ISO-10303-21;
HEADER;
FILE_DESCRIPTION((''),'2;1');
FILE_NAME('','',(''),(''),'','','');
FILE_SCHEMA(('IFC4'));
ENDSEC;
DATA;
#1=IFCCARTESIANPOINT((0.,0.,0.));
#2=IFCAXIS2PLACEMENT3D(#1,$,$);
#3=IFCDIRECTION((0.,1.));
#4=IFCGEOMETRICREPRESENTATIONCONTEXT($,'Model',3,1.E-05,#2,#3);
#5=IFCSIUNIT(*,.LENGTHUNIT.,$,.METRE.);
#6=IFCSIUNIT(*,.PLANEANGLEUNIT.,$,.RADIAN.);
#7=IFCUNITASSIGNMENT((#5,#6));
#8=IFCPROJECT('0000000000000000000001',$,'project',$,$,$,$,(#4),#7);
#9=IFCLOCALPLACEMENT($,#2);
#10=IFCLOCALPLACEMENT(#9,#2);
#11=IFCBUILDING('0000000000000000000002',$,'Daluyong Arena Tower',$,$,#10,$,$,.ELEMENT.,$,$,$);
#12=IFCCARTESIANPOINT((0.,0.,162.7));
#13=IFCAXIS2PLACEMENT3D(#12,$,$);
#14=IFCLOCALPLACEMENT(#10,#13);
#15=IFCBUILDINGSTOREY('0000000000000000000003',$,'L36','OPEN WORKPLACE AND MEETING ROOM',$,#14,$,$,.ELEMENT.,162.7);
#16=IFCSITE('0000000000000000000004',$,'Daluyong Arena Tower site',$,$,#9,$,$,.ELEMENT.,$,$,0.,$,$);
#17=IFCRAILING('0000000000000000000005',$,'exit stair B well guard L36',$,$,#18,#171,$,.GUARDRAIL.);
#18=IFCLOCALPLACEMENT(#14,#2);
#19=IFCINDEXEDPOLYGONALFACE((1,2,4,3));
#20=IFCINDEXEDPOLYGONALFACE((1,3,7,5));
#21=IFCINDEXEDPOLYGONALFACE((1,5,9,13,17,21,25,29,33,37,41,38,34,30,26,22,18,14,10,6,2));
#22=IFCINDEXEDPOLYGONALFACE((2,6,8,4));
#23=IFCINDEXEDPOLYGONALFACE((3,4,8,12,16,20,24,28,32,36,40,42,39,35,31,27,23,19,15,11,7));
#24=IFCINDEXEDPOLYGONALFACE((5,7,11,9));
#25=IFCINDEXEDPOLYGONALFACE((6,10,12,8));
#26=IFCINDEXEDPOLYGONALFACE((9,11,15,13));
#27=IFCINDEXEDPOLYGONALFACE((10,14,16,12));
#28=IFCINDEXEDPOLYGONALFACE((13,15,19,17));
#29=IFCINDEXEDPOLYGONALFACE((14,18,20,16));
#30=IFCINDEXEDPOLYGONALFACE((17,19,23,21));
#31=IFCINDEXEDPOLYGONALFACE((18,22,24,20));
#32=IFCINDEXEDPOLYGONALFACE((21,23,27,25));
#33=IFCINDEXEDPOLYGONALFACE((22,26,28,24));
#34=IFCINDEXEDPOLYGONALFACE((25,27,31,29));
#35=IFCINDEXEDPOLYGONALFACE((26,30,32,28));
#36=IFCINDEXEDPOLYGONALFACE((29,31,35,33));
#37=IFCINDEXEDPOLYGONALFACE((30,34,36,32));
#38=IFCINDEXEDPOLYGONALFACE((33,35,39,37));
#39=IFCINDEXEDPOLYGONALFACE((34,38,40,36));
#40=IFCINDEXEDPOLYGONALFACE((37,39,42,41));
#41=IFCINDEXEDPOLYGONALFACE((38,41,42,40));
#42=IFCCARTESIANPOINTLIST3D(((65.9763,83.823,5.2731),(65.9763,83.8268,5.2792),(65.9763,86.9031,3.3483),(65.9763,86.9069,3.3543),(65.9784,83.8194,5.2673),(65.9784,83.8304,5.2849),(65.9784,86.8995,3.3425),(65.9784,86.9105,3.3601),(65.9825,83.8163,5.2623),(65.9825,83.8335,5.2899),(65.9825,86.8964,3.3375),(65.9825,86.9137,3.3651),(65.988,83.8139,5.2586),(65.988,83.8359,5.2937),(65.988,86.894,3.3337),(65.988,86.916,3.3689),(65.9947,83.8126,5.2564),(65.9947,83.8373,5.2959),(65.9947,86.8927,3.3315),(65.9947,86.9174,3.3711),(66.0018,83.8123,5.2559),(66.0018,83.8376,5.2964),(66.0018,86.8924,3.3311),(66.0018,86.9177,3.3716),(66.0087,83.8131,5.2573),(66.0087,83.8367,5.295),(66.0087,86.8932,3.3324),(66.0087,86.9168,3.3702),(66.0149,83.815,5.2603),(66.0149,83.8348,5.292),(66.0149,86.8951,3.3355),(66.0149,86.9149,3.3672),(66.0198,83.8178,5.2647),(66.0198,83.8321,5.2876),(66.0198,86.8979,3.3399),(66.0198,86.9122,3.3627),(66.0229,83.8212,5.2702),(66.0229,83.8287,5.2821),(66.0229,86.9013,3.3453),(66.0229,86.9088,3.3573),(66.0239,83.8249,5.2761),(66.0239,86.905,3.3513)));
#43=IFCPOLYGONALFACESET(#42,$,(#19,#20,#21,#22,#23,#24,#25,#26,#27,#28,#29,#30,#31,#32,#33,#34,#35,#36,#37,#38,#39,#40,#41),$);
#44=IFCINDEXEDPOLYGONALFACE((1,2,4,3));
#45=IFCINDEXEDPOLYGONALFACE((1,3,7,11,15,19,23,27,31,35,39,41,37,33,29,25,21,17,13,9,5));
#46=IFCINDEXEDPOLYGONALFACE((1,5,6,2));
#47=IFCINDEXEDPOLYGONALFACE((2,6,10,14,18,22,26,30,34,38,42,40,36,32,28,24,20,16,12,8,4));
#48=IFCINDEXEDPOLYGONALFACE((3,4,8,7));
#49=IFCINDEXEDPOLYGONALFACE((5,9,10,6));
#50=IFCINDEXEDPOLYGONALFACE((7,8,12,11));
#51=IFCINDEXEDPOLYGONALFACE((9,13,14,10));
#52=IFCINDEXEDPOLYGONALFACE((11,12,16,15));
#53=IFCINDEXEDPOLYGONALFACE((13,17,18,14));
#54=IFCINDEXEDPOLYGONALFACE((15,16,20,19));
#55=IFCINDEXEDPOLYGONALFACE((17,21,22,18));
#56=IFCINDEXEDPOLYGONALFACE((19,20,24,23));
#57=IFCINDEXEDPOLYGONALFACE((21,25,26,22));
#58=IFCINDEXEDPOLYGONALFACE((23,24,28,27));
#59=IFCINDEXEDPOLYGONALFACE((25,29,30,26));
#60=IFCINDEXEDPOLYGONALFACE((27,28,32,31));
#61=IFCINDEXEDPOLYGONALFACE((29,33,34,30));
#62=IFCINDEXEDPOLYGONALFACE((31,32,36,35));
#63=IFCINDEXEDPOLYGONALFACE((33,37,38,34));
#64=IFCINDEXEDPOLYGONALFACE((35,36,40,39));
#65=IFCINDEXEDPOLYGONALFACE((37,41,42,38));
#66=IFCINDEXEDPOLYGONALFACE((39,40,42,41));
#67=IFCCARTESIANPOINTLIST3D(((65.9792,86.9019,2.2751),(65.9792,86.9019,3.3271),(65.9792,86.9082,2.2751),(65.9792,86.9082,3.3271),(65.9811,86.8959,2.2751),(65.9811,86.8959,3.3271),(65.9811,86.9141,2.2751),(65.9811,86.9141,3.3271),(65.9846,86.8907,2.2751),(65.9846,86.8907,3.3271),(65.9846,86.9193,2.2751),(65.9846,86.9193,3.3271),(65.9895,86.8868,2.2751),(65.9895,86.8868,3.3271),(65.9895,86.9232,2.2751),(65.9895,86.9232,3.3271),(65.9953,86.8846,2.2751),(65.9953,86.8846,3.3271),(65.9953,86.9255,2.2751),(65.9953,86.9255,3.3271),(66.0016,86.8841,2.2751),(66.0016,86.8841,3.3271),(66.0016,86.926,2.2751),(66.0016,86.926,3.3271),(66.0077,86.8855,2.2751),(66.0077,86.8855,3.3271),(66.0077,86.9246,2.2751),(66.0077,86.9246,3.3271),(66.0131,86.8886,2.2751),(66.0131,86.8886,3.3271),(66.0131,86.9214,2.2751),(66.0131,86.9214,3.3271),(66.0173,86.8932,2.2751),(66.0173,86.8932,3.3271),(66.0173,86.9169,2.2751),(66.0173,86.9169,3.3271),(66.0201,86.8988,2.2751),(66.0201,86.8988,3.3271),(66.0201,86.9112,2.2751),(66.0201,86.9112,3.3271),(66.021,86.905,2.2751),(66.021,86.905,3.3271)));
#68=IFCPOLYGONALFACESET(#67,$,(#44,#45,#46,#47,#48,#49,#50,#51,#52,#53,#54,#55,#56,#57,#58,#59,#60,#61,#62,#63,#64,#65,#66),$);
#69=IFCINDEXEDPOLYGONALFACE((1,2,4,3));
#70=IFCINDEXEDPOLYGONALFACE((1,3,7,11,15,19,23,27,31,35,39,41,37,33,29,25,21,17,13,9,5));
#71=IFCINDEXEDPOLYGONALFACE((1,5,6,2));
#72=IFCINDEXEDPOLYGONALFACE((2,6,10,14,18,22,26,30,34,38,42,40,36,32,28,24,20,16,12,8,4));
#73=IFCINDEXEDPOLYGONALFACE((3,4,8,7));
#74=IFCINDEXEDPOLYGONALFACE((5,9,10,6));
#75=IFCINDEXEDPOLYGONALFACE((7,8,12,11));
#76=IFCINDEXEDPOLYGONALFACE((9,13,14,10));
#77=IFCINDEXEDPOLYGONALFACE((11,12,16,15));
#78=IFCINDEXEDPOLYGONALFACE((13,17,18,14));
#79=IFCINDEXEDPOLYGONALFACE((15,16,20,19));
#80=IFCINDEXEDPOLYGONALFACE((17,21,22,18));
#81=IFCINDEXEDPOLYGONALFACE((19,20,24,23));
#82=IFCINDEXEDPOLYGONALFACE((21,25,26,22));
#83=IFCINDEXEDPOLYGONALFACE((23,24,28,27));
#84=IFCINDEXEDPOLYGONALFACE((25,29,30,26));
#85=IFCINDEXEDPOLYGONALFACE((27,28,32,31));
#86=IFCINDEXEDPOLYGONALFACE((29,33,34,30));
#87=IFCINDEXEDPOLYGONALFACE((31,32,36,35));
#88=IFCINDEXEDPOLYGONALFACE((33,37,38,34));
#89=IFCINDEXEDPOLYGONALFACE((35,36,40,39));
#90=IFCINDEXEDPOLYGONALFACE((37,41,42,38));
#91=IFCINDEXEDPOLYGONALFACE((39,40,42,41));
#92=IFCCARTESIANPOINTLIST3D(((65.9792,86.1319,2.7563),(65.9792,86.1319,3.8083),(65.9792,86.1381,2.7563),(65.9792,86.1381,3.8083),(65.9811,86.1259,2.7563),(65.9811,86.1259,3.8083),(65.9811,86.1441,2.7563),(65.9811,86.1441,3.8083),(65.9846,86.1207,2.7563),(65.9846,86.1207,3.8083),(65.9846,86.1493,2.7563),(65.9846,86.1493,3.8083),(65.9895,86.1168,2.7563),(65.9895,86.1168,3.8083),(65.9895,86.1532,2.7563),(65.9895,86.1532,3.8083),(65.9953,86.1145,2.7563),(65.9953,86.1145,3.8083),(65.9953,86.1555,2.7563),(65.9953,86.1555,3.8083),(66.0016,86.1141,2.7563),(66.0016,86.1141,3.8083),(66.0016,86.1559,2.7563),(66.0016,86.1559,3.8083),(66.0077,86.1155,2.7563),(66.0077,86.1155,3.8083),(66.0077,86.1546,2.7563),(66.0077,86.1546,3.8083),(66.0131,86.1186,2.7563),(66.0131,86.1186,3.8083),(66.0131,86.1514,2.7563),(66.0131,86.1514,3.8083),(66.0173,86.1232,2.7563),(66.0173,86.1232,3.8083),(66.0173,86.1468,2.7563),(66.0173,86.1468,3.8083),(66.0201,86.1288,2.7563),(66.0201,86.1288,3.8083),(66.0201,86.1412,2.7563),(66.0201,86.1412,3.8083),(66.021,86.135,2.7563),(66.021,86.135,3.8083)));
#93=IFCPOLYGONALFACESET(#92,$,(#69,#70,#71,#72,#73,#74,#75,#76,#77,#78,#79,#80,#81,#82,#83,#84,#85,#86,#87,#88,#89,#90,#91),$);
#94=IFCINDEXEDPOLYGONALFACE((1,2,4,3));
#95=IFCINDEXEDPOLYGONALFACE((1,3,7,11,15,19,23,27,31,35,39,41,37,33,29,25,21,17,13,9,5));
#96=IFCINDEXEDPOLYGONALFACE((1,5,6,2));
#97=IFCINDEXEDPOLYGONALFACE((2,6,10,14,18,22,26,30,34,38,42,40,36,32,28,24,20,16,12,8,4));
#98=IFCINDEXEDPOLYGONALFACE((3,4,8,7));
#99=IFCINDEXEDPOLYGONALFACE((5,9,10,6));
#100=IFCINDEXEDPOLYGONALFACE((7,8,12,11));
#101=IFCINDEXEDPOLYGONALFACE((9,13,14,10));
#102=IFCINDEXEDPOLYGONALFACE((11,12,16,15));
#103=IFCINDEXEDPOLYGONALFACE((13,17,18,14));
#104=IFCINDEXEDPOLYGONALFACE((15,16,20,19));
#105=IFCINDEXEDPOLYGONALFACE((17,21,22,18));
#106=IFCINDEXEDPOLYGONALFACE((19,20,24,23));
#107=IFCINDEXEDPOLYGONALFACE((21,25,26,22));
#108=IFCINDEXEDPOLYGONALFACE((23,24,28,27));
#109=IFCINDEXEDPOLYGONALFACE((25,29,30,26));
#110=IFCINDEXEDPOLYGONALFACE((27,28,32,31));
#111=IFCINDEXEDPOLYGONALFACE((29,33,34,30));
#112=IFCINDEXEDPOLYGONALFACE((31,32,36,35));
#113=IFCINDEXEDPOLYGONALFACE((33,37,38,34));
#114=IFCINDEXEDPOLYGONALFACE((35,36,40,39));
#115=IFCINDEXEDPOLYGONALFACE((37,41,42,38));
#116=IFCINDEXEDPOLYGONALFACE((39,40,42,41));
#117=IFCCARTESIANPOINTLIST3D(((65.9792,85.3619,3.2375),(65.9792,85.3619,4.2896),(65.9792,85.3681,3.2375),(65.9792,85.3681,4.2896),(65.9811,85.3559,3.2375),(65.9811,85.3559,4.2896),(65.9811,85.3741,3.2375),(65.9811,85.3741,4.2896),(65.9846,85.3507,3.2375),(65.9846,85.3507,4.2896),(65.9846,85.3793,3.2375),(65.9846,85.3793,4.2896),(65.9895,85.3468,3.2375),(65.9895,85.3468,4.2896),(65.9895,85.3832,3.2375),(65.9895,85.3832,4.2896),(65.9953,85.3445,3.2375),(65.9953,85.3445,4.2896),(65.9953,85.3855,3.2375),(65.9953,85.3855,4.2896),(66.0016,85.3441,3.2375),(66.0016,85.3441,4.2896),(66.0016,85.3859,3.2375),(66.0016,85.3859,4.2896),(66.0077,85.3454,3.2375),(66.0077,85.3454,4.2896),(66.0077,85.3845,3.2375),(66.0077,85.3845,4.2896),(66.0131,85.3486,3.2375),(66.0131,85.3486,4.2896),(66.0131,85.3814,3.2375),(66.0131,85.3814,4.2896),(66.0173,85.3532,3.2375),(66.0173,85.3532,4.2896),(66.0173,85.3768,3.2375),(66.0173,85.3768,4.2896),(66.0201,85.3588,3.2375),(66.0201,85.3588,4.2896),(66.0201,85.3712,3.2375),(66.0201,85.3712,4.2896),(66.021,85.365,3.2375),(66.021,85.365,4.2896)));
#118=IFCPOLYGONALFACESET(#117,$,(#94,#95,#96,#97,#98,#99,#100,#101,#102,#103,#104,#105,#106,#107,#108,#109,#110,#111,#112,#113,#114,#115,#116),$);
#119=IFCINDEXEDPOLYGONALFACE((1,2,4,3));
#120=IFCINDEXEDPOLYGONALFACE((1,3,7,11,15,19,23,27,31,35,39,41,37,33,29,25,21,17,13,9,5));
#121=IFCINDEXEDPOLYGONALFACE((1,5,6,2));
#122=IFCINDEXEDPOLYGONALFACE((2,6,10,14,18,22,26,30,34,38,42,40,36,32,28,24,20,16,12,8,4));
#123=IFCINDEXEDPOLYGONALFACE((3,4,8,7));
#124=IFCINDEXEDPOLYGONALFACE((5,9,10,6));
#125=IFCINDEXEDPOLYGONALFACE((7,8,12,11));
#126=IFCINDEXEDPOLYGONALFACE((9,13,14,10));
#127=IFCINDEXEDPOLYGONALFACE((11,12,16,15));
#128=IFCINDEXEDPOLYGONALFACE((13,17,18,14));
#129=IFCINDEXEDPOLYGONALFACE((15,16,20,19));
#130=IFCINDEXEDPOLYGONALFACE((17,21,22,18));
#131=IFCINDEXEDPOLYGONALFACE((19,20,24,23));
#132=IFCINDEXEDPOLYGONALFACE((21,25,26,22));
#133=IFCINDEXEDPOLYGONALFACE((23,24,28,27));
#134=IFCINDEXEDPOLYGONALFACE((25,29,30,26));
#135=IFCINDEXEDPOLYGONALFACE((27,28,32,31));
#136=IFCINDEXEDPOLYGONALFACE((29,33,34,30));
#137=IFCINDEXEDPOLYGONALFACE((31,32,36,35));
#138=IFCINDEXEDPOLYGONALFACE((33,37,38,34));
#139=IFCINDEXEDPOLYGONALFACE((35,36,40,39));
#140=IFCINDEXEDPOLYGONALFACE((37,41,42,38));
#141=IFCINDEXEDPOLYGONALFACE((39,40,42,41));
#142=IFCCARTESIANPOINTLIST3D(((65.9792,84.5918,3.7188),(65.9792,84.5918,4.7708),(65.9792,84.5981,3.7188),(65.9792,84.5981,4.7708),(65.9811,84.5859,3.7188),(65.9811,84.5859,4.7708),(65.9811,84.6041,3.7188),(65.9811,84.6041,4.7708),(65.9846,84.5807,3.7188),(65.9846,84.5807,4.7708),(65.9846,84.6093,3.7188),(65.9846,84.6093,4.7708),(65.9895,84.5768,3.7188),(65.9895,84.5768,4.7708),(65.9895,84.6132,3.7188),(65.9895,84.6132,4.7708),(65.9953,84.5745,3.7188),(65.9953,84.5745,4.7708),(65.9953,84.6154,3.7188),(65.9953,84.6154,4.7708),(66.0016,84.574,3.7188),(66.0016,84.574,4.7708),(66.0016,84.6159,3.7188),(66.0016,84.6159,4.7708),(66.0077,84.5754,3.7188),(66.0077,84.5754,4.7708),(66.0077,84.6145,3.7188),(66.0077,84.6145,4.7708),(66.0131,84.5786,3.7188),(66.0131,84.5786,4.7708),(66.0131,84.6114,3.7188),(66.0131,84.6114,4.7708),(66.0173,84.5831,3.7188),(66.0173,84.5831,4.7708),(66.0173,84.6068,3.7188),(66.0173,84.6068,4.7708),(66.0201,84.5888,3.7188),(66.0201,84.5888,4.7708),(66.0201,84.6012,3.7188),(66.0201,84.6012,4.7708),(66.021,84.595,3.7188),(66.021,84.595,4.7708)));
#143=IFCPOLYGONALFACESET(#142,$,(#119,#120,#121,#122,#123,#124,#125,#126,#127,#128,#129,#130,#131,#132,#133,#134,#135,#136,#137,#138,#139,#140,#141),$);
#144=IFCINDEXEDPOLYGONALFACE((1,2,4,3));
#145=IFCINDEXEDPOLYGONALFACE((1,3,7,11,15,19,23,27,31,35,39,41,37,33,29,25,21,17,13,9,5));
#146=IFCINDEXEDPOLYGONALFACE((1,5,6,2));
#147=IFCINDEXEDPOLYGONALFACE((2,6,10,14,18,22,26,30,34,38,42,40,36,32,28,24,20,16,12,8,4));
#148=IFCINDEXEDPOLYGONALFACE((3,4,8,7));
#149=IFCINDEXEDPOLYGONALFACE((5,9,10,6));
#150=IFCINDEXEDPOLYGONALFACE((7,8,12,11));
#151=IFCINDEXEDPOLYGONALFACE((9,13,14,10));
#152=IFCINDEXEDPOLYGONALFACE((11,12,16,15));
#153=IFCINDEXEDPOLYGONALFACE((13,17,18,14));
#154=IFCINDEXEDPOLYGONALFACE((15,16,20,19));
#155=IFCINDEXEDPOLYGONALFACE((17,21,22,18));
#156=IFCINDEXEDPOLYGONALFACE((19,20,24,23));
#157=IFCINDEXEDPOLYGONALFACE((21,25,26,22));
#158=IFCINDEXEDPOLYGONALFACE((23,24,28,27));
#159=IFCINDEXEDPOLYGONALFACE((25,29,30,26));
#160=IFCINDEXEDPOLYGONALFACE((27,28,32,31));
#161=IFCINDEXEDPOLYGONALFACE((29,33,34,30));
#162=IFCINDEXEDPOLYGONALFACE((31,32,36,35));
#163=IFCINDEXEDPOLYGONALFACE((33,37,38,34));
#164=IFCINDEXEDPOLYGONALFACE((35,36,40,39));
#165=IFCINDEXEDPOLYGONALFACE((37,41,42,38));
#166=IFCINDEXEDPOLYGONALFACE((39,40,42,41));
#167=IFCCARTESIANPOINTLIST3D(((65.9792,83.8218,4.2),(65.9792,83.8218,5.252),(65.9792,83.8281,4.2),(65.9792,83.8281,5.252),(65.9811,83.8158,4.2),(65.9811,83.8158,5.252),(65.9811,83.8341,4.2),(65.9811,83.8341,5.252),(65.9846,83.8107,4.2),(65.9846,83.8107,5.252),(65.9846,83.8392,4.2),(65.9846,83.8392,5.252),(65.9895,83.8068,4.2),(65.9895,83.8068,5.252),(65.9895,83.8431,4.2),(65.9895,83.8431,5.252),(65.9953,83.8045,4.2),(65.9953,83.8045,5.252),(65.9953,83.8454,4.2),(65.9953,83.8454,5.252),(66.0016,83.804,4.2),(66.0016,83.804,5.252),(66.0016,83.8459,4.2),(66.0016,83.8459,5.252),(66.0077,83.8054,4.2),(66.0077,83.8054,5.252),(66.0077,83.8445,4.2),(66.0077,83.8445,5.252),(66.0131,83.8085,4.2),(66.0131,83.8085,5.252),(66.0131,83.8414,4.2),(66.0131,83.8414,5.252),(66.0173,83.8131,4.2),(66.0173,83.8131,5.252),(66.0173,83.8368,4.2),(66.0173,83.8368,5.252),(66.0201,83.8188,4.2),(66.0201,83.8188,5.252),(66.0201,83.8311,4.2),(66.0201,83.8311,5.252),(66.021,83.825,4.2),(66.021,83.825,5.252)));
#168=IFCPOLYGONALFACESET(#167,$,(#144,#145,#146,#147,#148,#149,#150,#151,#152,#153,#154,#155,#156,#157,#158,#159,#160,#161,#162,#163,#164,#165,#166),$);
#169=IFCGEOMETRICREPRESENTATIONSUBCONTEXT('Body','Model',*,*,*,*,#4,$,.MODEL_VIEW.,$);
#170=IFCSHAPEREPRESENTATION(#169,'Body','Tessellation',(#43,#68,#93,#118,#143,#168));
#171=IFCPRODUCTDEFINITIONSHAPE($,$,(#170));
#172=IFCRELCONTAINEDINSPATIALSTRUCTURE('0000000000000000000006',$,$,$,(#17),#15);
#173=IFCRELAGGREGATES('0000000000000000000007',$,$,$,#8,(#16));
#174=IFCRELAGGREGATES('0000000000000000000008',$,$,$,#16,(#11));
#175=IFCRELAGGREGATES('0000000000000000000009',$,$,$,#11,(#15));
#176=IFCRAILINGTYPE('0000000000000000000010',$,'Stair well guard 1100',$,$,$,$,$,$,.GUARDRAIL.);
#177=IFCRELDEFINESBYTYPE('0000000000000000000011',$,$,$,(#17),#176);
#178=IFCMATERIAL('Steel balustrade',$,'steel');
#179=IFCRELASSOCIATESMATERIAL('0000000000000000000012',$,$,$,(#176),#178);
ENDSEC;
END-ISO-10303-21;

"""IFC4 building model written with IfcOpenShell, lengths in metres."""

from ifc_helpers import new_model, si_unit, direction, frame, origin, origin_2d, place, context, subcontext, project, spatial, circle, extrude, material, type_object, element, save


model = new_model("IFC4")

# Units and contexts
model_context = context("Model", 3, precision=1e-05, world=origin(), true_north=direction((0.0, 1.0)))
body_context = subcontext(model_context, "Body", "Model", "MODEL_VIEW")
ifc_project = project(units=[si_unit("LENGTHUNIT", "METRE"), si_unit("PLANEANGLEUNIT", "RADIAN")], contexts=[model_context])

# Site, building, storey
site_placement = place(None, origin())
site = spatial("IfcSite", under=ifc_project, at=site_placement, Name="Daluyong Arena Tower site", CompositionType="ELEMENT", RefElevation=0.0)
building_placement = place(site_placement, origin())
building = spatial("IfcBuilding", under=site, at=building_placement, Name="Daluyong Arena Tower", CompositionType="ELEMENT")
storey_placement = place(building_placement, frame((0.0, 0.0, 162.7)))
storey = spatial("IfcBuildingStorey", under=building, at=storey_placement, Name="L36", Description="OPEN WORKPLACE AND MEETING ROOM", CompositionType="ELEMENT", Elevation=162.7)

# Railing
ifc_material_1 = material(Name="Steel balustrade", Category="steel")
railing_type_1 = type_object("IfcRailingType", Name="Stair well guard 1100", PredefinedType="GUARDRAIL", material=ifc_material_1)
railing_1_placement = place(storey_placement, frame((66.0, 86.905, 2.2751)))
element("IfcRailing", 1, at=railing_1_placement, inside=storey, type_object=railing_type_1, Name="exit stair B well guard L36", PredefinedType="GUARDRAIL", context=body_context, shape_type="SweptSolid", body=[
    extrude(circle(Radius=0.0239, at=origin_2d()), frame((0.0, 0.0, 1.0762), z_axis=(0.0, -0.848029, 0.529951), x_axis=(1.0, 0.0, 0.0)), (0.0, 0.0, 1.0), 3.6321),
    extrude(circle(Radius=0.021, at=origin_2d()), origin(), (0.0, 0.0, 1.0), 1.052),
    extrude(circle(Radius=0.021, at=origin_2d()), frame((0.0, -0.77, 0.4812)), (0.0, 0.0, 1.0), 1.052),
    extrude(circle(Radius=0.021, at=origin_2d()), frame((0.0, -1.54, 0.9624)), (0.0, 0.0, 1.0), 1.052),
    extrude(circle(Radius=0.021, at=origin_2d()), frame((0.0, -2.3101, 1.4436)), (0.0, 0.0, 1.0), 1.052),
    extrude(circle(Radius=0.021, at=origin_2d()), frame((0.0, -3.0801, 1.9248)), (0.0, 0.0, 1.0), 1.052),
])

save(model, "model.ifc")
